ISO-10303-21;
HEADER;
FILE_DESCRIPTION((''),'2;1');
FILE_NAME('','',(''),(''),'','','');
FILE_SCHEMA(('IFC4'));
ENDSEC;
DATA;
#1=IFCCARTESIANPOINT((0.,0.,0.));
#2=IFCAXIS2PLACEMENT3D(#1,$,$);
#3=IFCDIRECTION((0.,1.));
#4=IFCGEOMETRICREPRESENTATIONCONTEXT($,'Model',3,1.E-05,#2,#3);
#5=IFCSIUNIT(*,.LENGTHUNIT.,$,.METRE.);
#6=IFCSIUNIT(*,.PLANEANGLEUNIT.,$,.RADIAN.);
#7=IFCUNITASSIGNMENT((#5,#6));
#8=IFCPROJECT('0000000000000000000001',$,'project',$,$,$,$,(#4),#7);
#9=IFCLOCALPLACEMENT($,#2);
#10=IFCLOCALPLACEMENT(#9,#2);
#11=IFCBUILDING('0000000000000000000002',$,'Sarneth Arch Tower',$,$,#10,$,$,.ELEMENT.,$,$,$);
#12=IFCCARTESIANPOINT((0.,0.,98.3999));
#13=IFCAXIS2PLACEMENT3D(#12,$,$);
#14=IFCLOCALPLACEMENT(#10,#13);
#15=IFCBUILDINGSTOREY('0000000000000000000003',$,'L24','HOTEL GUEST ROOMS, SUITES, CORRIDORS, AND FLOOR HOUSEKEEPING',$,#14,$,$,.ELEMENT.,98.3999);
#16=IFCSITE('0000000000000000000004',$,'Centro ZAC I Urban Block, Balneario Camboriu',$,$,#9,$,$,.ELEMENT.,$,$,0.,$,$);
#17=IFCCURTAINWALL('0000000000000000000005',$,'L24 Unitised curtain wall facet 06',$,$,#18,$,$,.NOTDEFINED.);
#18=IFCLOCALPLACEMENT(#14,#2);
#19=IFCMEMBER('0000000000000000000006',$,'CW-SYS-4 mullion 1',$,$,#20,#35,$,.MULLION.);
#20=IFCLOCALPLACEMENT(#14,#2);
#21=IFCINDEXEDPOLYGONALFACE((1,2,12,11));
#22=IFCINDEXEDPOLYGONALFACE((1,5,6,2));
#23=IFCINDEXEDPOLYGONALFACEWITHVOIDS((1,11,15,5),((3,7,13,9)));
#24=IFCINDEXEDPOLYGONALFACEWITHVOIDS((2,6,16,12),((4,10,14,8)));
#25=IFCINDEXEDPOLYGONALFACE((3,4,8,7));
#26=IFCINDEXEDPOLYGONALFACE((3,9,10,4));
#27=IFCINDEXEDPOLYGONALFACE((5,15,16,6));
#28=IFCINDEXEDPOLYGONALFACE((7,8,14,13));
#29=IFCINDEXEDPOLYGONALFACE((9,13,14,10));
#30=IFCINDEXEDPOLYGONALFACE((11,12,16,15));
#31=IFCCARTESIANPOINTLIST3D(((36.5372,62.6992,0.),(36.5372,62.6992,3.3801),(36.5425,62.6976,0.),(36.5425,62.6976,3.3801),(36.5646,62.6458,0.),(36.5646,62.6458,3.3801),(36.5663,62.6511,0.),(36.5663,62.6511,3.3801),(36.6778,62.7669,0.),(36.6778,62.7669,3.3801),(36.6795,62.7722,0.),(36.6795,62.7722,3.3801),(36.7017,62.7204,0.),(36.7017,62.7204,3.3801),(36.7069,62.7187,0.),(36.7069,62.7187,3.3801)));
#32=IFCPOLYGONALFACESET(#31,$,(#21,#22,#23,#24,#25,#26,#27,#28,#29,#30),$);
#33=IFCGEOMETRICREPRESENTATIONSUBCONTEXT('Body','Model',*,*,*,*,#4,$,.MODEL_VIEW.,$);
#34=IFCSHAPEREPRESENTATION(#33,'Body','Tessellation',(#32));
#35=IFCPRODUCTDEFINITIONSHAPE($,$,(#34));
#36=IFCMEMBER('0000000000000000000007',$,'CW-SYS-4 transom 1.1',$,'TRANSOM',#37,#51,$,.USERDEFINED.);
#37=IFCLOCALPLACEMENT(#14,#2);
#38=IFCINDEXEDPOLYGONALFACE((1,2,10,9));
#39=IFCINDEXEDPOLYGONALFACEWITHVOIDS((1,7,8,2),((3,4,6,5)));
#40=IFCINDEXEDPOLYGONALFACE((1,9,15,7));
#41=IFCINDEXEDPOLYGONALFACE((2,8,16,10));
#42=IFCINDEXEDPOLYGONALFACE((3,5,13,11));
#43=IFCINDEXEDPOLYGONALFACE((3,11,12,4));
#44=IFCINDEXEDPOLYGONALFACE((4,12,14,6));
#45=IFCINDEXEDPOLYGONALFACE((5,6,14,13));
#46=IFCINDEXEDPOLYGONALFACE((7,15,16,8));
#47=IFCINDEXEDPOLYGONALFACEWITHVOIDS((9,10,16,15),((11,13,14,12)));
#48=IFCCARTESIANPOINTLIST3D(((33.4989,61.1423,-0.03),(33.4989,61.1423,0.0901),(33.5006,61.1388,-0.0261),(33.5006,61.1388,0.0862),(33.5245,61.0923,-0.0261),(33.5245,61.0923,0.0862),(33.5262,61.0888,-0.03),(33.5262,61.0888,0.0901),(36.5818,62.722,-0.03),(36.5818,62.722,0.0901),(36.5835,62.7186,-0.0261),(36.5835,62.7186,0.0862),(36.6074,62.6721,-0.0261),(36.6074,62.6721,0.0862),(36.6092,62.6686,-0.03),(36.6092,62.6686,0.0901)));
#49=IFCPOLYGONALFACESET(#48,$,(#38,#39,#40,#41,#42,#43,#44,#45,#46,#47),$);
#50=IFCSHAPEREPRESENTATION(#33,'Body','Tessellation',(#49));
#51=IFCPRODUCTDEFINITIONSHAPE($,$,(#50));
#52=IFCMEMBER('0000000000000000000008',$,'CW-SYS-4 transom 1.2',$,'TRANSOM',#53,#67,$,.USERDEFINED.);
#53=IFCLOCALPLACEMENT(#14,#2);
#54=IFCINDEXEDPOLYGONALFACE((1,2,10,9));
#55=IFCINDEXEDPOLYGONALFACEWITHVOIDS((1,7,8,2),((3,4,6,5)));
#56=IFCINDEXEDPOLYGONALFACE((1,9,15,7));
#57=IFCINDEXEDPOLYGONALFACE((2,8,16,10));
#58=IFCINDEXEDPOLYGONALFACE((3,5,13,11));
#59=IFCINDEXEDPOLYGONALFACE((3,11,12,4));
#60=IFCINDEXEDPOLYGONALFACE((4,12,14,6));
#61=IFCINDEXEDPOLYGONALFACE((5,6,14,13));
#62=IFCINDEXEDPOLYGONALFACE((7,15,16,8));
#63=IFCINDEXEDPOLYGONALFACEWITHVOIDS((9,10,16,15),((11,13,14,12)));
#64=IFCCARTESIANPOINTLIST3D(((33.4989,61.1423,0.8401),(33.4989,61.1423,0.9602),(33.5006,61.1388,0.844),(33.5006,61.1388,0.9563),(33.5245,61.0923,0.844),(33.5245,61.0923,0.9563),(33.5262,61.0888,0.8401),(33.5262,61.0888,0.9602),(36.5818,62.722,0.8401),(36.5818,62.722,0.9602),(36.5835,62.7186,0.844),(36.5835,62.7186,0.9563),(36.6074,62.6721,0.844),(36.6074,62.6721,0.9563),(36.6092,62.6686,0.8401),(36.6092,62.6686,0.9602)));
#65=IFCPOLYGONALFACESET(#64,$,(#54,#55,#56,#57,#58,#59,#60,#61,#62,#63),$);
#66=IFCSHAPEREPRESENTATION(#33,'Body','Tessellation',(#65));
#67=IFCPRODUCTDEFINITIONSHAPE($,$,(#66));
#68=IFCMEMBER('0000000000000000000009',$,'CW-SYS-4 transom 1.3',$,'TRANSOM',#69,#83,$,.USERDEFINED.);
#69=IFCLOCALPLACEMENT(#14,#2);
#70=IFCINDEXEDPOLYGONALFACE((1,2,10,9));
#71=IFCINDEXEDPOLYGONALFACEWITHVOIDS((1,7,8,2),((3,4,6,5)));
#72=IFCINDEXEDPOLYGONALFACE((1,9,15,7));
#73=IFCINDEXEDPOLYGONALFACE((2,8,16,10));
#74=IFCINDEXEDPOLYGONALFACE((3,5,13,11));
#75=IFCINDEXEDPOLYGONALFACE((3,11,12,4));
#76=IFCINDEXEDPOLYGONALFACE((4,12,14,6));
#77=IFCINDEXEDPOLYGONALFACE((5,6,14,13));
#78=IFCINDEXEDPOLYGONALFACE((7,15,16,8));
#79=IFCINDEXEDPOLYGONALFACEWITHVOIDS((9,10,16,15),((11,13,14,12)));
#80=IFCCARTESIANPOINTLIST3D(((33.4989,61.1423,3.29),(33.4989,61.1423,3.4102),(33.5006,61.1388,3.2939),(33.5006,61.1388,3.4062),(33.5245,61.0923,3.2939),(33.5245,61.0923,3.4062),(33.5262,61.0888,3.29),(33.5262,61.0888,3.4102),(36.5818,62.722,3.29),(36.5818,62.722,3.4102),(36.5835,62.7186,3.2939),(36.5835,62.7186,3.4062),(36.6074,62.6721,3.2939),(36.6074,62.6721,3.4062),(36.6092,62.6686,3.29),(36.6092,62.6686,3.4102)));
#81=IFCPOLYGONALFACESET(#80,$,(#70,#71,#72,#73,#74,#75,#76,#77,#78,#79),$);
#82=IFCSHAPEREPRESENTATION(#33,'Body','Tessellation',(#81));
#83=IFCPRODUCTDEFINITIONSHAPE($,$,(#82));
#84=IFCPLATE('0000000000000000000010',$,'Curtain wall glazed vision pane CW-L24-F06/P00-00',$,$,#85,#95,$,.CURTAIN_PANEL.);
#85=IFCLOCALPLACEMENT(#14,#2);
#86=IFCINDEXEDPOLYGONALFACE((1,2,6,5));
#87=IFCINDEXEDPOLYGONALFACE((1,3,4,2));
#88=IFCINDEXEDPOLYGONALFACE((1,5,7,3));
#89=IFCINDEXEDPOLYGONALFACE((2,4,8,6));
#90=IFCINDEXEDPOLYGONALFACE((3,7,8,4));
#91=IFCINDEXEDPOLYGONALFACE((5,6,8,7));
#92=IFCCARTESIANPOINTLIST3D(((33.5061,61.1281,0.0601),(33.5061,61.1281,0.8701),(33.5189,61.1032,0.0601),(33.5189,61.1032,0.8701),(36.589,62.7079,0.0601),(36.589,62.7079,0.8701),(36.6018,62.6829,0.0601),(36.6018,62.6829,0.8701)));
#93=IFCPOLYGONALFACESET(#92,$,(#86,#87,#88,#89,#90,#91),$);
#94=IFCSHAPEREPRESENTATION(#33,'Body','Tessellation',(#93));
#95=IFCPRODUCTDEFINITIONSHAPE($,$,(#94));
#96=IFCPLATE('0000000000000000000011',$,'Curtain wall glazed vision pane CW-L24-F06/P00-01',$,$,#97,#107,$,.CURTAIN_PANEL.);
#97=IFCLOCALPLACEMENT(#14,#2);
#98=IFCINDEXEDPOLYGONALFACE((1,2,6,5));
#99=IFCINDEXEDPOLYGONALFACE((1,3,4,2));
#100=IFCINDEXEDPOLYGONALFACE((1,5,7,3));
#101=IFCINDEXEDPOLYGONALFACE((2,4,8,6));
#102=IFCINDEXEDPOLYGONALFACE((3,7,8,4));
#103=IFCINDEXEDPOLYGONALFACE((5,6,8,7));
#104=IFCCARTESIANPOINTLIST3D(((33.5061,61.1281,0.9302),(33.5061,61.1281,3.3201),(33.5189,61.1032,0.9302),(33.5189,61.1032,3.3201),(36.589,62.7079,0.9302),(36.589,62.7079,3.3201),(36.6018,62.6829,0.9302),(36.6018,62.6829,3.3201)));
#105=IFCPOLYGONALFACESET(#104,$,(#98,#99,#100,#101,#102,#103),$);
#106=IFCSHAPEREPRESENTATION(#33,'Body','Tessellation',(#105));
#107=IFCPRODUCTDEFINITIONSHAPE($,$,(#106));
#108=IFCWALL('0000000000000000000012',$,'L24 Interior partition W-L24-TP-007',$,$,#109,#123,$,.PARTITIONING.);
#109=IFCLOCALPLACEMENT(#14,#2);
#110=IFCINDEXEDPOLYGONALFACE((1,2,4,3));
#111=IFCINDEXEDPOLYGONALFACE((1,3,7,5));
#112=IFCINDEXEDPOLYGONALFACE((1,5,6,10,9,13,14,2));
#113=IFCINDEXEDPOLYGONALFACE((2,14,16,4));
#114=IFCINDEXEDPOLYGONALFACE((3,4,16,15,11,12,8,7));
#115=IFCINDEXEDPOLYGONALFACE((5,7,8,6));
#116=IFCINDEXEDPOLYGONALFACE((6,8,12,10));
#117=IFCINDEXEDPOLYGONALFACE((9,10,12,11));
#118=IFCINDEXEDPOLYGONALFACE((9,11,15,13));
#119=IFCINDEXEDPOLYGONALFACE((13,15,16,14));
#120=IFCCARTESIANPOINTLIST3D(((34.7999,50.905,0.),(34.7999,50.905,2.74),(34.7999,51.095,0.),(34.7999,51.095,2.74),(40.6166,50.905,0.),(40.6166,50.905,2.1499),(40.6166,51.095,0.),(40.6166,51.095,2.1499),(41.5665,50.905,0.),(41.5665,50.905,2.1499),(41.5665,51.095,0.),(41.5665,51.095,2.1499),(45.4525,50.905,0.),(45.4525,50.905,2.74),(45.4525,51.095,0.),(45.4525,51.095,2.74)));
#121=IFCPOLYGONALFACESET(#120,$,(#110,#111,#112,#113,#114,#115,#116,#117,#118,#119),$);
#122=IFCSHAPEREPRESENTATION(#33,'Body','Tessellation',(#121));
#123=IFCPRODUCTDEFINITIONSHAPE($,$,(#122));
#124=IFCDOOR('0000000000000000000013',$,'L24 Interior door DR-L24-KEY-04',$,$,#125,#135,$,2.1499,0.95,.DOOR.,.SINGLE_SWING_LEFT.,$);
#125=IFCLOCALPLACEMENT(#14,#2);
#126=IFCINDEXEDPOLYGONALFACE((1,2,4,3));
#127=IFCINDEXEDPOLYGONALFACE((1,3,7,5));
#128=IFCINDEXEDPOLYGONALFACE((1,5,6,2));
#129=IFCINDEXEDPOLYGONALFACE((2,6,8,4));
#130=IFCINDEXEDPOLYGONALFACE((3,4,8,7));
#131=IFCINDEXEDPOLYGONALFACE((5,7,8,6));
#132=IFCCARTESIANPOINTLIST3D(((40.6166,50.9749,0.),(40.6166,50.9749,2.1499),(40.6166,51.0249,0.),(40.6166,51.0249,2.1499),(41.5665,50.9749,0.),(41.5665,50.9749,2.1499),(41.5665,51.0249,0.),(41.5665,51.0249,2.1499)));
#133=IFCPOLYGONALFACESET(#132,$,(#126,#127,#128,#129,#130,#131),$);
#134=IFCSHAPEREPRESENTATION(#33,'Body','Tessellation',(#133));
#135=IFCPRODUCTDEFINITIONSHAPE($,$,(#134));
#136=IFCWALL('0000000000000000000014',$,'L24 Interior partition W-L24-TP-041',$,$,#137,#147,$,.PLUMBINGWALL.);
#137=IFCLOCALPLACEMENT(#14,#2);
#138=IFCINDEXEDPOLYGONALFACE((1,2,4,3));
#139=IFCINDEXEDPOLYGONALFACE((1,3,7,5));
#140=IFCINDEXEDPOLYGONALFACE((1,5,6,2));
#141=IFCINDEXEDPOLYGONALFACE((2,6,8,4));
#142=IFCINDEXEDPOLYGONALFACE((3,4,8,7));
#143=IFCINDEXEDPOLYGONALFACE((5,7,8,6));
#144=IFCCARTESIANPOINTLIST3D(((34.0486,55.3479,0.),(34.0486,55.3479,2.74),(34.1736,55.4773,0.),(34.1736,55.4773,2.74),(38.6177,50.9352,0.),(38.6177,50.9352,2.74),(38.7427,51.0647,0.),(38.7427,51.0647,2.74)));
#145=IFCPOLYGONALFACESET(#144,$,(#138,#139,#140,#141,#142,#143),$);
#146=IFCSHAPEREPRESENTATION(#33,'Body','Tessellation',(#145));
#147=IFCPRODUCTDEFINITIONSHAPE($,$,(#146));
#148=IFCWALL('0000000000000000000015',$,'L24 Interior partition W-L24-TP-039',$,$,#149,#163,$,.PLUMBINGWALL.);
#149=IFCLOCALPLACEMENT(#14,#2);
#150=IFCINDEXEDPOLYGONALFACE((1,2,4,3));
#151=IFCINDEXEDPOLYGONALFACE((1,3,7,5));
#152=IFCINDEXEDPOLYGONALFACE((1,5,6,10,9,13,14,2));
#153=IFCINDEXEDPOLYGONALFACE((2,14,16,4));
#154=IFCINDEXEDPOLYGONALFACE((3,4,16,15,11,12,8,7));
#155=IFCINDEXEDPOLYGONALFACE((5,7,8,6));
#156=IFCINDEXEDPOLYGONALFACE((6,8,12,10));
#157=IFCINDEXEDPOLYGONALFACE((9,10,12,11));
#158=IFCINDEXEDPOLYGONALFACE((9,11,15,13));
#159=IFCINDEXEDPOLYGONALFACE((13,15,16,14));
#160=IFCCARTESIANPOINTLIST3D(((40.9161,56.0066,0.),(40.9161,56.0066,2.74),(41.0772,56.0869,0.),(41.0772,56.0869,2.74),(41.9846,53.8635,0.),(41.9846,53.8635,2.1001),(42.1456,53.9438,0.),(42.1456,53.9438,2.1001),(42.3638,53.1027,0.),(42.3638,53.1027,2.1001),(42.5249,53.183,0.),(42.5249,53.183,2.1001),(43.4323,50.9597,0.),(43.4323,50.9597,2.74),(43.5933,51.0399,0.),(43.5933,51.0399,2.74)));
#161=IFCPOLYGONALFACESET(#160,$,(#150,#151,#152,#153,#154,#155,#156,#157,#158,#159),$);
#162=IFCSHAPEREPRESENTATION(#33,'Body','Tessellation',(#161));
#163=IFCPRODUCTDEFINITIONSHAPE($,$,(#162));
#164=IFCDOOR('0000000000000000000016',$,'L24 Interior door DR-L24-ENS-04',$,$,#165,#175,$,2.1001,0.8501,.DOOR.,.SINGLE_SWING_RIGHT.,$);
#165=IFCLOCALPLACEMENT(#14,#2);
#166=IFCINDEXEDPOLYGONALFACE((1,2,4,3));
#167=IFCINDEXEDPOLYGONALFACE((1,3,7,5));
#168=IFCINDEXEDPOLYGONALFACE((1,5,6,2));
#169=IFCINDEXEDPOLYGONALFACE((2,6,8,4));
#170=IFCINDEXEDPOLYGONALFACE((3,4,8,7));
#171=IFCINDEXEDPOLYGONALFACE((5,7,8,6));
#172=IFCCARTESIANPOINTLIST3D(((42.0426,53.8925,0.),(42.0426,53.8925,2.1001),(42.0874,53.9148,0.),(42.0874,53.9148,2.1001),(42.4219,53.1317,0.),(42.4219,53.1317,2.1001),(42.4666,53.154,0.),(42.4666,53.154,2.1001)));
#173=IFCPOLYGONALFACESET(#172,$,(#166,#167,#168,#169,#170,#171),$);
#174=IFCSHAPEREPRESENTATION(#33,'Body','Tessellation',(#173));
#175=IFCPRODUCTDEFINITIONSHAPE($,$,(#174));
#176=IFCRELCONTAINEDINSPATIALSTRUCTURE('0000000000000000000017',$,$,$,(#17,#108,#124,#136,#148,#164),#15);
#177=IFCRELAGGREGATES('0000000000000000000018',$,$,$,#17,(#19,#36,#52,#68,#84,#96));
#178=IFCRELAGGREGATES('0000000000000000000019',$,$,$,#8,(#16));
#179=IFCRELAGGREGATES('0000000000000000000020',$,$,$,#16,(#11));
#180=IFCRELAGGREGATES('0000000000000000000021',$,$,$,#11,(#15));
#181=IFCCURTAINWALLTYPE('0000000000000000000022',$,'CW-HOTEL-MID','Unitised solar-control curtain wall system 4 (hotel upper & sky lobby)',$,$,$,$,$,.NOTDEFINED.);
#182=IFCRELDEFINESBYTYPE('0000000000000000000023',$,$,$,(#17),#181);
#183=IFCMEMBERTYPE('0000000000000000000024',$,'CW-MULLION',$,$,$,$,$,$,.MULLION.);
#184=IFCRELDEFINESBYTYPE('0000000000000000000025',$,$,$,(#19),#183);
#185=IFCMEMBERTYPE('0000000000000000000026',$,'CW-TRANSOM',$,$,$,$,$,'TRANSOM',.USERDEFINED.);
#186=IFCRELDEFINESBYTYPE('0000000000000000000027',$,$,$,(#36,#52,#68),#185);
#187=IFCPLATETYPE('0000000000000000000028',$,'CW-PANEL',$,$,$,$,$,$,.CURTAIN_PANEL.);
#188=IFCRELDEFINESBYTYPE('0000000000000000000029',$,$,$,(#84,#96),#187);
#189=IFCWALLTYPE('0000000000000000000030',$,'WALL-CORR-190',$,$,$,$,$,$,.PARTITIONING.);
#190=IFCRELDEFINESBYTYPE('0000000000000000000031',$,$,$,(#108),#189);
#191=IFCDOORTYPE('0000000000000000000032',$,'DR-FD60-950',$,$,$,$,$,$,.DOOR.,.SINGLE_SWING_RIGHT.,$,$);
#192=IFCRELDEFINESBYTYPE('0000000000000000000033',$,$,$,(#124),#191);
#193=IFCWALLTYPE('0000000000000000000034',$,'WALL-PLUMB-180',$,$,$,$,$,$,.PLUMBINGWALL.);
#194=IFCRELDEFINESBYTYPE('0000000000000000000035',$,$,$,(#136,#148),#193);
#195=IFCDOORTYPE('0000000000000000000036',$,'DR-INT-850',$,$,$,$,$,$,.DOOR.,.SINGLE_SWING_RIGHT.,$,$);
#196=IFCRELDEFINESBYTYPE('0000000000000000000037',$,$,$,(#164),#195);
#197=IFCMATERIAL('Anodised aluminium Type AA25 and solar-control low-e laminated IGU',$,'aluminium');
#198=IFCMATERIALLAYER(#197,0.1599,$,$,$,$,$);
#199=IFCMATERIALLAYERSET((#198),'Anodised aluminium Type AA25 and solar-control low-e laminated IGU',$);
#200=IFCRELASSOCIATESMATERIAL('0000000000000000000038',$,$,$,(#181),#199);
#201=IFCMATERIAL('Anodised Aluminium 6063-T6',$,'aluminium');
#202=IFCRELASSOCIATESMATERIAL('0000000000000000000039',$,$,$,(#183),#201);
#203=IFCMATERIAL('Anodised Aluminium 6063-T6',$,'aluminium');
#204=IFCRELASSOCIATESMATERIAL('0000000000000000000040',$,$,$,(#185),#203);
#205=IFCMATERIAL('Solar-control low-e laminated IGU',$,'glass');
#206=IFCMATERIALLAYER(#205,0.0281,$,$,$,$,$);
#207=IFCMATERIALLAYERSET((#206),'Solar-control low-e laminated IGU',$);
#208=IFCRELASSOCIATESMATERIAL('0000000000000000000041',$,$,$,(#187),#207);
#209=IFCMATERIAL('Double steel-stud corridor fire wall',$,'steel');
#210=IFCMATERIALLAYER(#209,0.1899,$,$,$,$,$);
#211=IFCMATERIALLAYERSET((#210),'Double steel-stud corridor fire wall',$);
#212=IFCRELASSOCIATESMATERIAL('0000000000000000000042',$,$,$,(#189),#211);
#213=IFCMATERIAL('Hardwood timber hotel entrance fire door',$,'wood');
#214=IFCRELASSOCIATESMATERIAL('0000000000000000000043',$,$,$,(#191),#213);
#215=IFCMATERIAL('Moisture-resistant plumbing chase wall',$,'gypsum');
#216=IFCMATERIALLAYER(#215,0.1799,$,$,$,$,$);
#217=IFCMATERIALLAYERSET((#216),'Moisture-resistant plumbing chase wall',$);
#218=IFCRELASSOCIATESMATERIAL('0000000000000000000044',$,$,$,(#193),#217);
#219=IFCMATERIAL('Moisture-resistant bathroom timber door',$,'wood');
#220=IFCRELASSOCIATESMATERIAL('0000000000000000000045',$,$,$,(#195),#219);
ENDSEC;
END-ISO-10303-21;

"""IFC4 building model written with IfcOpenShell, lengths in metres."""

from ifc_helpers import new_model, si_unit, direction, frame, frame_2d, origin, origin_2d, place, context, subcontext, project, spatial, rectangle, hollow_rectangle, extrude, material, layer, layer_set, material_profile, profile_set, type_object, element, fill, aggregate, save


model = new_model("IFC4")

# Units and contexts
model_context = context("Model", 3, precision=1e-05, world=origin(), true_north=direction((0.0, 1.0)))
body_context = subcontext(model_context, "Body", "Model", "MODEL_VIEW")
ifc_project = project(units=[si_unit("LENGTHUNIT", "METRE"), si_unit("PLANEANGLEUNIT", "RADIAN")], contexts=[model_context])

# Site, building, storey
site_placement = place(None, origin())
site = spatial("IfcSite", under=ifc_project, at=site_placement, Name="Centro ZAC I Urban Block, Balneario Camboriu", CompositionType="ELEMENT", RefElevation=0.0)
building_placement = place(site_placement, origin())
building = spatial("IfcBuilding", under=site, at=building_placement, Name="Sarneth Arch Tower", CompositionType="ELEMENT")
storey_placement = place(building_placement, frame((0.0, 0.0, 98.3999)))
storey = spatial("IfcBuildingStorey", under=building, at=storey_placement, Name="L24", Description="HOTEL GUEST ROOMS, SUITES, CORRIDORS, AND FLOOR HOUSEKEEPING", CompositionType="ELEMENT", Elevation=98.3999)

# Curtain wall, members, plates
ifc_material_1 = material(Name="Anodised aluminium Type AA25 and solar-control low-e laminated IGU", Category="aluminium")
ifc_layer_1 = layer(ifc_material_1, 0.1599)
ifc_layer_set_1 = layer_set([ifc_layer_1], Name="Anodised aluminium Type AA25 and solar-control low-e laminated IGU")
curtain_wall_type = type_object("IfcCurtainWallType", Name="CW-HOTEL-MID", Description="Unitised solar-control curtain wall system 4 (hotel upper & sky lobby)", PredefinedType="NOTDEFINED", material=ifc_layer_set_1)
curtain_wall_placement = place(storey_placement, origin())
curtain_wall = element("IfcCurtainWall", 1, at=curtain_wall_placement, inside=storey, type_object=curtain_wall_type, Name="L24 Unitised curtain wall facet 06", PredefinedType="NOTDEFINED")
ifc_material_2 = material(Name="Anodised Aluminium 6063-T6", Category="aluminium")
ifc_material_profile_1 = material_profile(ifc_material_2, hollow_rectangle(XDim=0.0601, YDim=0.1599, WallThickness=0.0039, at=origin_2d()), Name="AL-MULL-160x60x4")
ifc_profile_set_1 = profile_set([ifc_material_profile_1], Name="Anodised Aluminium 6063-T6")
member_type_1 = type_object("IfcMemberType", Name="CW-MULLION", PredefinedType="MULLION", material=ifc_profile_set_1)
member_1_placement = place(storey_placement, frame((36.6221, 62.709, 0.0), z_axis=(0.0, 0.0, 1.0), x_axis=(0.456031, -0.889964, 0.0)))
member_1 = element("IfcMember", 2, at=member_1_placement, type_object=member_type_1, Name="CW-SYS-4 mullion 1", PredefinedType="MULLION", context=body_context, shape_type="SweptSolid", body=[
    extrude(hollow_rectangle(XDim=0.0601, YDim=0.1599, WallThickness=0.0039, at=origin_2d()), origin(), (0.0, 0.0, 1.0), 3.3801),
])
ifc_material_3 = material(Name="Anodised Aluminium 6063-T6", Category="aluminium")
ifc_material_profile_2 = material_profile(ifc_material_3, hollow_rectangle(XDim=0.0601, YDim=0.1201, WallThickness=0.0039, at=origin_2d()), Name="AL-TRAN-120x60x4")
ifc_profile_set_2 = profile_set([ifc_material_profile_2], Name="Anodised Aluminium 6063-T6")
member_type_2 = type_object("IfcMemberType", Name="CW-TRANSOM", ElementType="TRANSOM", PredefinedType="USERDEFINED", material=ifc_profile_set_2)
member_2_placement = place(storey_placement, frame((36.5955, 62.6953, 0.03), z_axis=(-0.889958, -0.456043, 0.0), x_axis=(0.456043, -0.889958, 0.0)))
member_2 = element("IfcMember", 3, at=member_2_placement, type_object=member_type_2, Name="CW-SYS-4 transom 1.1", ObjectType="TRANSOM", PredefinedType="USERDEFINED", context=body_context, shape_type="SweptSolid", body=[
    extrude(hollow_rectangle(XDim=0.0601, YDim=0.1201, WallThickness=0.0039, at=origin_2d()), origin(), (0.0, 0.0, 1.0), 3.4641),
])
member_3_placement = place(storey_placement, frame((36.5955, 62.6953, 0.9001), z_axis=(-0.889958, -0.456043, 0.0), x_axis=(0.456043, -0.889958, 0.0)))
member_3 = element("IfcMember", 4, at=member_3_placement, type_object=member_type_2, Name="CW-SYS-4 transom 1.2", ObjectType="TRANSOM", PredefinedType="USERDEFINED", context=body_context, shape_type="SweptSolid", body=[
    extrude(hollow_rectangle(XDim=0.0601, YDim=0.1201, WallThickness=0.0039, at=origin_2d()), origin(), (0.0, 0.0, 1.0), 3.4641),
])
member_4_placement = place(storey_placement, frame((36.5955, 62.6953, 3.3501), z_axis=(-0.889958, -0.456043, 0.0), x_axis=(0.456043, -0.889958, 0.0)))
member_4 = element("IfcMember", 5, at=member_4_placement, type_object=member_type_2, Name="CW-SYS-4 transom 1.3", ObjectType="TRANSOM", PredefinedType="USERDEFINED", context=body_context, shape_type="SweptSolid", body=[
    extrude(hollow_rectangle(XDim=0.0601, YDim=0.1201, WallThickness=0.0039, at=origin_2d()), origin(), (0.0, 0.0, 1.0), 3.4641),
])
ifc_material_4 = material(Name="Solar-control low-e laminated IGU", Category="glass")
ifc_layer_2 = layer(ifc_material_4, 0.0281)
ifc_layer_set_2 = layer_set([ifc_layer_2], Name="Solar-control low-e laminated IGU")
plate_type = type_object("IfcPlateType", Name="CW-PANEL", PredefinedType="CURTAIN_PANEL", material=ifc_layer_set_2)
plate_1_placement = place(storey_placement, frame((35.054, 61.9055, 0.0601), z_axis=(0.0, 0.0, 1.0), x_axis=(-0.889964, -0.456031, 0.0)))
plate_1 = element("IfcPlate", 6, at=plate_1_placement, type_object=plate_type, Name="Curtain wall glazed vision pane CW-L24-F06/P00-00", PredefinedType="CURTAIN_PANEL", context=body_context, shape_type="SweptSolid", body=[
    extrude(rectangle(XDim=3.4641, YDim=0.0281, at=origin_2d()), origin(), (0.0, 0.0, 1.0), 0.8101),
])
plate_2_placement = place(storey_placement, frame((35.054, 61.9055, 0.9302), z_axis=(0.0, 0.0, 1.0), x_axis=(-0.889964, -0.456031, 0.0)))
plate_2 = element("IfcPlate", 7, at=plate_2_placement, type_object=plate_type, Name="Curtain wall glazed vision pane CW-L24-F06/P00-01", PredefinedType="CURTAIN_PANEL", context=body_context, shape_type="SweptSolid", body=[
    extrude(rectangle(XDim=3.4641, YDim=0.0281, at=origin_2d()), origin(), (0.0, 0.0, 1.0), 2.3899),
])
aggregate(curtain_wall, [member_1, member_2, member_3, member_4, plate_1, plate_2])

# Wall, opening, door
ifc_material_5 = material(Name="Double steel-stud corridor fire wall", Category="steel")
ifc_layer_3 = layer(ifc_material_5, 0.1899)
ifc_layer_set_3 = layer_set([ifc_layer_3], Name="Double steel-stud corridor fire wall")
wall_type_1 = type_object("IfcWallType", Name="WALL-CORR-190", PredefinedType="PARTITIONING", material=ifc_layer_set_3)
wall_1_placement = place(storey_placement, frame((34.8, 51.0, 0.0), z_axis=(0.0, 0.0, 1.0), x_axis=(1.0, 0.0, 0.0)))
wall_1 = element("IfcWall", 8, at=wall_1_placement, inside=storey, type_object=wall_type_1, Name="L24 Interior partition W-L24-TP-007", PredefinedType="PARTITIONING", context=body_context, shape_type="SweptSolid", body=[
    extrude(rectangle(XDim=10.6526, YDim=0.1899, at=frame_2d((5.3262, 0.0))), origin(), (0.0, 0.0, 1.0), 2.74),
])
opening_1_placement = place(wall_1_placement, frame((5.8164, 0.0, 0.0)))
opening_1 = element("IfcOpeningElement", 9, at=opening_1_placement, cuts=wall_1, PredefinedType="OPENING", context=body_context, shape_type="SweptSolid", body=[
    extrude(rectangle(XDim=0.95, YDim=2.1499, at=frame_2d((0.4751, 1.075))), frame((0.0, 0.105, 0.0), z_axis=(0.0, -1.0, 0.0), x_axis=(1.0, 0.0, 0.0)), (0.0, 0.0, 1.0), 0.21),
])
ifc_material_6 = material(Name="Hardwood timber hotel entrance fire door", Category="wood")
door_type_1 = type_object("IfcDoorType", Name="DR-FD60-950", OperationType="SINGLE_SWING_RIGHT", PredefinedType="DOOR", material=ifc_material_6)
door_1_placement = place(opening_1_placement, origin())
door_1 = element("IfcDoor", 10, at=door_1_placement, inside=storey, type_object=door_type_1, Name="L24 Interior door DR-L24-KEY-04", OperationType="SINGLE_SWING_LEFT", OverallHeight=2.1499, OverallWidth=0.95, PredefinedType="DOOR", context=body_context, shape_type="SweptSolid", body=[
    extrude(rectangle(XDim=0.95, YDim=2.1499, at=frame_2d((0.4751, 1.075))), frame((0.0, 0.0249, 0.0), z_axis=(0.0, -1.0, 0.0), x_axis=(1.0, 0.0, 0.0)), (0.0, 0.0, 1.0), 0.05),
])
fill(opening_1, door_1)

# Wall
ifc_material_7 = material(Name="Moisture-resistant plumbing chase wall", Category="gypsum")
ifc_layer_4 = layer(ifc_material_7, 0.1799)
ifc_layer_set_4 = layer_set([ifc_layer_4], Name="Moisture-resistant plumbing chase wall")
wall_type_2 = type_object("IfcWallType", Name="WALL-PLUMB-180", PredefinedType="PLUMBINGWALL", material=ifc_layer_set_4)
wall_2_placement = place(storey_placement, frame((34.1111, 55.4126, 0.0), z_axis=(0.0, 0.0, 1.0), x_axis=(0.719318, -0.694681, 0.0)))
element("IfcWall", 11, at=wall_2_placement, inside=storey, type_object=wall_type_2, Name="L24 Interior partition W-L24-TP-041", PredefinedType="PLUMBINGWALL", context=body_context, shape_type="SweptSolid", body=[
    extrude(rectangle(XDim=6.3521, YDim=0.1799, at=frame_2d((3.176, 0.0))), origin(), (0.0, 0.0, 1.0), 2.74),
])

# Wall, opening, door
wall_3_placement = place(storey_placement, frame((40.9966, 56.0469, 0.0), z_axis=(0.0, 0.0, 1.0), x_axis=(0.446174, -0.894946, 0.0)))
wall_3 = element("IfcWall", 12, at=wall_3_placement, inside=storey, type_object=wall_type_2, Name="L24 Interior partition W-L24-TP-039", PredefinedType="PLUMBINGWALL", context=body_context, shape_type="SweptSolid", body=[
    extrude(rectangle(XDim=5.6394, YDim=0.1799, at=frame_2d((2.8198, 0.0))), origin(), (0.0, 0.0, 1.0), 2.74),
])
opening_2_placement = place(wall_3_placement, frame((2.3948, 0.0, 0.0)))
opening_2 = element("IfcOpeningElement", 13, at=opening_2_placement, cuts=wall_3, PredefinedType="OPENING", context=body_context, shape_type="SweptSolid", body=[
    extrude(rectangle(XDim=0.8501, YDim=2.1001, at=frame_2d((0.425, 1.05))), frame((0.0, 0.0999, 0.0), z_axis=(0.0, -1.0, 0.0), x_axis=(1.0, 0.0, 0.0)), (0.0, 0.0, 1.0), 0.2),
])
ifc_material_8 = material(Name="Moisture-resistant bathroom timber door", Category="wood")
door_type_2 = type_object("IfcDoorType", Name="DR-INT-850", OperationType="SINGLE_SWING_RIGHT", PredefinedType="DOOR", material=ifc_material_8)
door_2_placement = place(opening_2_placement, origin())
door_2 = element("IfcDoor", 14, at=door_2_placement, inside=storey, type_object=door_type_2, Name="L24 Interior door DR-L24-ENS-04", OperationType="SINGLE_SWING_RIGHT", OverallHeight=2.1001, OverallWidth=0.8501, PredefinedType="DOOR", context=body_context, shape_type="SweptSolid", body=[
    extrude(rectangle(XDim=0.8501, YDim=2.1001, at=frame_2d((0.425, 1.05))), frame((0.0, 0.0249, 0.0), z_axis=(0.0, -1.0, 0.0), x_axis=(1.0, 0.0, 0.0)), (0.0, 0.0, 1.0), 0.05),
])
fill(opening_2, door_2)

save(model, "model.ifc")
